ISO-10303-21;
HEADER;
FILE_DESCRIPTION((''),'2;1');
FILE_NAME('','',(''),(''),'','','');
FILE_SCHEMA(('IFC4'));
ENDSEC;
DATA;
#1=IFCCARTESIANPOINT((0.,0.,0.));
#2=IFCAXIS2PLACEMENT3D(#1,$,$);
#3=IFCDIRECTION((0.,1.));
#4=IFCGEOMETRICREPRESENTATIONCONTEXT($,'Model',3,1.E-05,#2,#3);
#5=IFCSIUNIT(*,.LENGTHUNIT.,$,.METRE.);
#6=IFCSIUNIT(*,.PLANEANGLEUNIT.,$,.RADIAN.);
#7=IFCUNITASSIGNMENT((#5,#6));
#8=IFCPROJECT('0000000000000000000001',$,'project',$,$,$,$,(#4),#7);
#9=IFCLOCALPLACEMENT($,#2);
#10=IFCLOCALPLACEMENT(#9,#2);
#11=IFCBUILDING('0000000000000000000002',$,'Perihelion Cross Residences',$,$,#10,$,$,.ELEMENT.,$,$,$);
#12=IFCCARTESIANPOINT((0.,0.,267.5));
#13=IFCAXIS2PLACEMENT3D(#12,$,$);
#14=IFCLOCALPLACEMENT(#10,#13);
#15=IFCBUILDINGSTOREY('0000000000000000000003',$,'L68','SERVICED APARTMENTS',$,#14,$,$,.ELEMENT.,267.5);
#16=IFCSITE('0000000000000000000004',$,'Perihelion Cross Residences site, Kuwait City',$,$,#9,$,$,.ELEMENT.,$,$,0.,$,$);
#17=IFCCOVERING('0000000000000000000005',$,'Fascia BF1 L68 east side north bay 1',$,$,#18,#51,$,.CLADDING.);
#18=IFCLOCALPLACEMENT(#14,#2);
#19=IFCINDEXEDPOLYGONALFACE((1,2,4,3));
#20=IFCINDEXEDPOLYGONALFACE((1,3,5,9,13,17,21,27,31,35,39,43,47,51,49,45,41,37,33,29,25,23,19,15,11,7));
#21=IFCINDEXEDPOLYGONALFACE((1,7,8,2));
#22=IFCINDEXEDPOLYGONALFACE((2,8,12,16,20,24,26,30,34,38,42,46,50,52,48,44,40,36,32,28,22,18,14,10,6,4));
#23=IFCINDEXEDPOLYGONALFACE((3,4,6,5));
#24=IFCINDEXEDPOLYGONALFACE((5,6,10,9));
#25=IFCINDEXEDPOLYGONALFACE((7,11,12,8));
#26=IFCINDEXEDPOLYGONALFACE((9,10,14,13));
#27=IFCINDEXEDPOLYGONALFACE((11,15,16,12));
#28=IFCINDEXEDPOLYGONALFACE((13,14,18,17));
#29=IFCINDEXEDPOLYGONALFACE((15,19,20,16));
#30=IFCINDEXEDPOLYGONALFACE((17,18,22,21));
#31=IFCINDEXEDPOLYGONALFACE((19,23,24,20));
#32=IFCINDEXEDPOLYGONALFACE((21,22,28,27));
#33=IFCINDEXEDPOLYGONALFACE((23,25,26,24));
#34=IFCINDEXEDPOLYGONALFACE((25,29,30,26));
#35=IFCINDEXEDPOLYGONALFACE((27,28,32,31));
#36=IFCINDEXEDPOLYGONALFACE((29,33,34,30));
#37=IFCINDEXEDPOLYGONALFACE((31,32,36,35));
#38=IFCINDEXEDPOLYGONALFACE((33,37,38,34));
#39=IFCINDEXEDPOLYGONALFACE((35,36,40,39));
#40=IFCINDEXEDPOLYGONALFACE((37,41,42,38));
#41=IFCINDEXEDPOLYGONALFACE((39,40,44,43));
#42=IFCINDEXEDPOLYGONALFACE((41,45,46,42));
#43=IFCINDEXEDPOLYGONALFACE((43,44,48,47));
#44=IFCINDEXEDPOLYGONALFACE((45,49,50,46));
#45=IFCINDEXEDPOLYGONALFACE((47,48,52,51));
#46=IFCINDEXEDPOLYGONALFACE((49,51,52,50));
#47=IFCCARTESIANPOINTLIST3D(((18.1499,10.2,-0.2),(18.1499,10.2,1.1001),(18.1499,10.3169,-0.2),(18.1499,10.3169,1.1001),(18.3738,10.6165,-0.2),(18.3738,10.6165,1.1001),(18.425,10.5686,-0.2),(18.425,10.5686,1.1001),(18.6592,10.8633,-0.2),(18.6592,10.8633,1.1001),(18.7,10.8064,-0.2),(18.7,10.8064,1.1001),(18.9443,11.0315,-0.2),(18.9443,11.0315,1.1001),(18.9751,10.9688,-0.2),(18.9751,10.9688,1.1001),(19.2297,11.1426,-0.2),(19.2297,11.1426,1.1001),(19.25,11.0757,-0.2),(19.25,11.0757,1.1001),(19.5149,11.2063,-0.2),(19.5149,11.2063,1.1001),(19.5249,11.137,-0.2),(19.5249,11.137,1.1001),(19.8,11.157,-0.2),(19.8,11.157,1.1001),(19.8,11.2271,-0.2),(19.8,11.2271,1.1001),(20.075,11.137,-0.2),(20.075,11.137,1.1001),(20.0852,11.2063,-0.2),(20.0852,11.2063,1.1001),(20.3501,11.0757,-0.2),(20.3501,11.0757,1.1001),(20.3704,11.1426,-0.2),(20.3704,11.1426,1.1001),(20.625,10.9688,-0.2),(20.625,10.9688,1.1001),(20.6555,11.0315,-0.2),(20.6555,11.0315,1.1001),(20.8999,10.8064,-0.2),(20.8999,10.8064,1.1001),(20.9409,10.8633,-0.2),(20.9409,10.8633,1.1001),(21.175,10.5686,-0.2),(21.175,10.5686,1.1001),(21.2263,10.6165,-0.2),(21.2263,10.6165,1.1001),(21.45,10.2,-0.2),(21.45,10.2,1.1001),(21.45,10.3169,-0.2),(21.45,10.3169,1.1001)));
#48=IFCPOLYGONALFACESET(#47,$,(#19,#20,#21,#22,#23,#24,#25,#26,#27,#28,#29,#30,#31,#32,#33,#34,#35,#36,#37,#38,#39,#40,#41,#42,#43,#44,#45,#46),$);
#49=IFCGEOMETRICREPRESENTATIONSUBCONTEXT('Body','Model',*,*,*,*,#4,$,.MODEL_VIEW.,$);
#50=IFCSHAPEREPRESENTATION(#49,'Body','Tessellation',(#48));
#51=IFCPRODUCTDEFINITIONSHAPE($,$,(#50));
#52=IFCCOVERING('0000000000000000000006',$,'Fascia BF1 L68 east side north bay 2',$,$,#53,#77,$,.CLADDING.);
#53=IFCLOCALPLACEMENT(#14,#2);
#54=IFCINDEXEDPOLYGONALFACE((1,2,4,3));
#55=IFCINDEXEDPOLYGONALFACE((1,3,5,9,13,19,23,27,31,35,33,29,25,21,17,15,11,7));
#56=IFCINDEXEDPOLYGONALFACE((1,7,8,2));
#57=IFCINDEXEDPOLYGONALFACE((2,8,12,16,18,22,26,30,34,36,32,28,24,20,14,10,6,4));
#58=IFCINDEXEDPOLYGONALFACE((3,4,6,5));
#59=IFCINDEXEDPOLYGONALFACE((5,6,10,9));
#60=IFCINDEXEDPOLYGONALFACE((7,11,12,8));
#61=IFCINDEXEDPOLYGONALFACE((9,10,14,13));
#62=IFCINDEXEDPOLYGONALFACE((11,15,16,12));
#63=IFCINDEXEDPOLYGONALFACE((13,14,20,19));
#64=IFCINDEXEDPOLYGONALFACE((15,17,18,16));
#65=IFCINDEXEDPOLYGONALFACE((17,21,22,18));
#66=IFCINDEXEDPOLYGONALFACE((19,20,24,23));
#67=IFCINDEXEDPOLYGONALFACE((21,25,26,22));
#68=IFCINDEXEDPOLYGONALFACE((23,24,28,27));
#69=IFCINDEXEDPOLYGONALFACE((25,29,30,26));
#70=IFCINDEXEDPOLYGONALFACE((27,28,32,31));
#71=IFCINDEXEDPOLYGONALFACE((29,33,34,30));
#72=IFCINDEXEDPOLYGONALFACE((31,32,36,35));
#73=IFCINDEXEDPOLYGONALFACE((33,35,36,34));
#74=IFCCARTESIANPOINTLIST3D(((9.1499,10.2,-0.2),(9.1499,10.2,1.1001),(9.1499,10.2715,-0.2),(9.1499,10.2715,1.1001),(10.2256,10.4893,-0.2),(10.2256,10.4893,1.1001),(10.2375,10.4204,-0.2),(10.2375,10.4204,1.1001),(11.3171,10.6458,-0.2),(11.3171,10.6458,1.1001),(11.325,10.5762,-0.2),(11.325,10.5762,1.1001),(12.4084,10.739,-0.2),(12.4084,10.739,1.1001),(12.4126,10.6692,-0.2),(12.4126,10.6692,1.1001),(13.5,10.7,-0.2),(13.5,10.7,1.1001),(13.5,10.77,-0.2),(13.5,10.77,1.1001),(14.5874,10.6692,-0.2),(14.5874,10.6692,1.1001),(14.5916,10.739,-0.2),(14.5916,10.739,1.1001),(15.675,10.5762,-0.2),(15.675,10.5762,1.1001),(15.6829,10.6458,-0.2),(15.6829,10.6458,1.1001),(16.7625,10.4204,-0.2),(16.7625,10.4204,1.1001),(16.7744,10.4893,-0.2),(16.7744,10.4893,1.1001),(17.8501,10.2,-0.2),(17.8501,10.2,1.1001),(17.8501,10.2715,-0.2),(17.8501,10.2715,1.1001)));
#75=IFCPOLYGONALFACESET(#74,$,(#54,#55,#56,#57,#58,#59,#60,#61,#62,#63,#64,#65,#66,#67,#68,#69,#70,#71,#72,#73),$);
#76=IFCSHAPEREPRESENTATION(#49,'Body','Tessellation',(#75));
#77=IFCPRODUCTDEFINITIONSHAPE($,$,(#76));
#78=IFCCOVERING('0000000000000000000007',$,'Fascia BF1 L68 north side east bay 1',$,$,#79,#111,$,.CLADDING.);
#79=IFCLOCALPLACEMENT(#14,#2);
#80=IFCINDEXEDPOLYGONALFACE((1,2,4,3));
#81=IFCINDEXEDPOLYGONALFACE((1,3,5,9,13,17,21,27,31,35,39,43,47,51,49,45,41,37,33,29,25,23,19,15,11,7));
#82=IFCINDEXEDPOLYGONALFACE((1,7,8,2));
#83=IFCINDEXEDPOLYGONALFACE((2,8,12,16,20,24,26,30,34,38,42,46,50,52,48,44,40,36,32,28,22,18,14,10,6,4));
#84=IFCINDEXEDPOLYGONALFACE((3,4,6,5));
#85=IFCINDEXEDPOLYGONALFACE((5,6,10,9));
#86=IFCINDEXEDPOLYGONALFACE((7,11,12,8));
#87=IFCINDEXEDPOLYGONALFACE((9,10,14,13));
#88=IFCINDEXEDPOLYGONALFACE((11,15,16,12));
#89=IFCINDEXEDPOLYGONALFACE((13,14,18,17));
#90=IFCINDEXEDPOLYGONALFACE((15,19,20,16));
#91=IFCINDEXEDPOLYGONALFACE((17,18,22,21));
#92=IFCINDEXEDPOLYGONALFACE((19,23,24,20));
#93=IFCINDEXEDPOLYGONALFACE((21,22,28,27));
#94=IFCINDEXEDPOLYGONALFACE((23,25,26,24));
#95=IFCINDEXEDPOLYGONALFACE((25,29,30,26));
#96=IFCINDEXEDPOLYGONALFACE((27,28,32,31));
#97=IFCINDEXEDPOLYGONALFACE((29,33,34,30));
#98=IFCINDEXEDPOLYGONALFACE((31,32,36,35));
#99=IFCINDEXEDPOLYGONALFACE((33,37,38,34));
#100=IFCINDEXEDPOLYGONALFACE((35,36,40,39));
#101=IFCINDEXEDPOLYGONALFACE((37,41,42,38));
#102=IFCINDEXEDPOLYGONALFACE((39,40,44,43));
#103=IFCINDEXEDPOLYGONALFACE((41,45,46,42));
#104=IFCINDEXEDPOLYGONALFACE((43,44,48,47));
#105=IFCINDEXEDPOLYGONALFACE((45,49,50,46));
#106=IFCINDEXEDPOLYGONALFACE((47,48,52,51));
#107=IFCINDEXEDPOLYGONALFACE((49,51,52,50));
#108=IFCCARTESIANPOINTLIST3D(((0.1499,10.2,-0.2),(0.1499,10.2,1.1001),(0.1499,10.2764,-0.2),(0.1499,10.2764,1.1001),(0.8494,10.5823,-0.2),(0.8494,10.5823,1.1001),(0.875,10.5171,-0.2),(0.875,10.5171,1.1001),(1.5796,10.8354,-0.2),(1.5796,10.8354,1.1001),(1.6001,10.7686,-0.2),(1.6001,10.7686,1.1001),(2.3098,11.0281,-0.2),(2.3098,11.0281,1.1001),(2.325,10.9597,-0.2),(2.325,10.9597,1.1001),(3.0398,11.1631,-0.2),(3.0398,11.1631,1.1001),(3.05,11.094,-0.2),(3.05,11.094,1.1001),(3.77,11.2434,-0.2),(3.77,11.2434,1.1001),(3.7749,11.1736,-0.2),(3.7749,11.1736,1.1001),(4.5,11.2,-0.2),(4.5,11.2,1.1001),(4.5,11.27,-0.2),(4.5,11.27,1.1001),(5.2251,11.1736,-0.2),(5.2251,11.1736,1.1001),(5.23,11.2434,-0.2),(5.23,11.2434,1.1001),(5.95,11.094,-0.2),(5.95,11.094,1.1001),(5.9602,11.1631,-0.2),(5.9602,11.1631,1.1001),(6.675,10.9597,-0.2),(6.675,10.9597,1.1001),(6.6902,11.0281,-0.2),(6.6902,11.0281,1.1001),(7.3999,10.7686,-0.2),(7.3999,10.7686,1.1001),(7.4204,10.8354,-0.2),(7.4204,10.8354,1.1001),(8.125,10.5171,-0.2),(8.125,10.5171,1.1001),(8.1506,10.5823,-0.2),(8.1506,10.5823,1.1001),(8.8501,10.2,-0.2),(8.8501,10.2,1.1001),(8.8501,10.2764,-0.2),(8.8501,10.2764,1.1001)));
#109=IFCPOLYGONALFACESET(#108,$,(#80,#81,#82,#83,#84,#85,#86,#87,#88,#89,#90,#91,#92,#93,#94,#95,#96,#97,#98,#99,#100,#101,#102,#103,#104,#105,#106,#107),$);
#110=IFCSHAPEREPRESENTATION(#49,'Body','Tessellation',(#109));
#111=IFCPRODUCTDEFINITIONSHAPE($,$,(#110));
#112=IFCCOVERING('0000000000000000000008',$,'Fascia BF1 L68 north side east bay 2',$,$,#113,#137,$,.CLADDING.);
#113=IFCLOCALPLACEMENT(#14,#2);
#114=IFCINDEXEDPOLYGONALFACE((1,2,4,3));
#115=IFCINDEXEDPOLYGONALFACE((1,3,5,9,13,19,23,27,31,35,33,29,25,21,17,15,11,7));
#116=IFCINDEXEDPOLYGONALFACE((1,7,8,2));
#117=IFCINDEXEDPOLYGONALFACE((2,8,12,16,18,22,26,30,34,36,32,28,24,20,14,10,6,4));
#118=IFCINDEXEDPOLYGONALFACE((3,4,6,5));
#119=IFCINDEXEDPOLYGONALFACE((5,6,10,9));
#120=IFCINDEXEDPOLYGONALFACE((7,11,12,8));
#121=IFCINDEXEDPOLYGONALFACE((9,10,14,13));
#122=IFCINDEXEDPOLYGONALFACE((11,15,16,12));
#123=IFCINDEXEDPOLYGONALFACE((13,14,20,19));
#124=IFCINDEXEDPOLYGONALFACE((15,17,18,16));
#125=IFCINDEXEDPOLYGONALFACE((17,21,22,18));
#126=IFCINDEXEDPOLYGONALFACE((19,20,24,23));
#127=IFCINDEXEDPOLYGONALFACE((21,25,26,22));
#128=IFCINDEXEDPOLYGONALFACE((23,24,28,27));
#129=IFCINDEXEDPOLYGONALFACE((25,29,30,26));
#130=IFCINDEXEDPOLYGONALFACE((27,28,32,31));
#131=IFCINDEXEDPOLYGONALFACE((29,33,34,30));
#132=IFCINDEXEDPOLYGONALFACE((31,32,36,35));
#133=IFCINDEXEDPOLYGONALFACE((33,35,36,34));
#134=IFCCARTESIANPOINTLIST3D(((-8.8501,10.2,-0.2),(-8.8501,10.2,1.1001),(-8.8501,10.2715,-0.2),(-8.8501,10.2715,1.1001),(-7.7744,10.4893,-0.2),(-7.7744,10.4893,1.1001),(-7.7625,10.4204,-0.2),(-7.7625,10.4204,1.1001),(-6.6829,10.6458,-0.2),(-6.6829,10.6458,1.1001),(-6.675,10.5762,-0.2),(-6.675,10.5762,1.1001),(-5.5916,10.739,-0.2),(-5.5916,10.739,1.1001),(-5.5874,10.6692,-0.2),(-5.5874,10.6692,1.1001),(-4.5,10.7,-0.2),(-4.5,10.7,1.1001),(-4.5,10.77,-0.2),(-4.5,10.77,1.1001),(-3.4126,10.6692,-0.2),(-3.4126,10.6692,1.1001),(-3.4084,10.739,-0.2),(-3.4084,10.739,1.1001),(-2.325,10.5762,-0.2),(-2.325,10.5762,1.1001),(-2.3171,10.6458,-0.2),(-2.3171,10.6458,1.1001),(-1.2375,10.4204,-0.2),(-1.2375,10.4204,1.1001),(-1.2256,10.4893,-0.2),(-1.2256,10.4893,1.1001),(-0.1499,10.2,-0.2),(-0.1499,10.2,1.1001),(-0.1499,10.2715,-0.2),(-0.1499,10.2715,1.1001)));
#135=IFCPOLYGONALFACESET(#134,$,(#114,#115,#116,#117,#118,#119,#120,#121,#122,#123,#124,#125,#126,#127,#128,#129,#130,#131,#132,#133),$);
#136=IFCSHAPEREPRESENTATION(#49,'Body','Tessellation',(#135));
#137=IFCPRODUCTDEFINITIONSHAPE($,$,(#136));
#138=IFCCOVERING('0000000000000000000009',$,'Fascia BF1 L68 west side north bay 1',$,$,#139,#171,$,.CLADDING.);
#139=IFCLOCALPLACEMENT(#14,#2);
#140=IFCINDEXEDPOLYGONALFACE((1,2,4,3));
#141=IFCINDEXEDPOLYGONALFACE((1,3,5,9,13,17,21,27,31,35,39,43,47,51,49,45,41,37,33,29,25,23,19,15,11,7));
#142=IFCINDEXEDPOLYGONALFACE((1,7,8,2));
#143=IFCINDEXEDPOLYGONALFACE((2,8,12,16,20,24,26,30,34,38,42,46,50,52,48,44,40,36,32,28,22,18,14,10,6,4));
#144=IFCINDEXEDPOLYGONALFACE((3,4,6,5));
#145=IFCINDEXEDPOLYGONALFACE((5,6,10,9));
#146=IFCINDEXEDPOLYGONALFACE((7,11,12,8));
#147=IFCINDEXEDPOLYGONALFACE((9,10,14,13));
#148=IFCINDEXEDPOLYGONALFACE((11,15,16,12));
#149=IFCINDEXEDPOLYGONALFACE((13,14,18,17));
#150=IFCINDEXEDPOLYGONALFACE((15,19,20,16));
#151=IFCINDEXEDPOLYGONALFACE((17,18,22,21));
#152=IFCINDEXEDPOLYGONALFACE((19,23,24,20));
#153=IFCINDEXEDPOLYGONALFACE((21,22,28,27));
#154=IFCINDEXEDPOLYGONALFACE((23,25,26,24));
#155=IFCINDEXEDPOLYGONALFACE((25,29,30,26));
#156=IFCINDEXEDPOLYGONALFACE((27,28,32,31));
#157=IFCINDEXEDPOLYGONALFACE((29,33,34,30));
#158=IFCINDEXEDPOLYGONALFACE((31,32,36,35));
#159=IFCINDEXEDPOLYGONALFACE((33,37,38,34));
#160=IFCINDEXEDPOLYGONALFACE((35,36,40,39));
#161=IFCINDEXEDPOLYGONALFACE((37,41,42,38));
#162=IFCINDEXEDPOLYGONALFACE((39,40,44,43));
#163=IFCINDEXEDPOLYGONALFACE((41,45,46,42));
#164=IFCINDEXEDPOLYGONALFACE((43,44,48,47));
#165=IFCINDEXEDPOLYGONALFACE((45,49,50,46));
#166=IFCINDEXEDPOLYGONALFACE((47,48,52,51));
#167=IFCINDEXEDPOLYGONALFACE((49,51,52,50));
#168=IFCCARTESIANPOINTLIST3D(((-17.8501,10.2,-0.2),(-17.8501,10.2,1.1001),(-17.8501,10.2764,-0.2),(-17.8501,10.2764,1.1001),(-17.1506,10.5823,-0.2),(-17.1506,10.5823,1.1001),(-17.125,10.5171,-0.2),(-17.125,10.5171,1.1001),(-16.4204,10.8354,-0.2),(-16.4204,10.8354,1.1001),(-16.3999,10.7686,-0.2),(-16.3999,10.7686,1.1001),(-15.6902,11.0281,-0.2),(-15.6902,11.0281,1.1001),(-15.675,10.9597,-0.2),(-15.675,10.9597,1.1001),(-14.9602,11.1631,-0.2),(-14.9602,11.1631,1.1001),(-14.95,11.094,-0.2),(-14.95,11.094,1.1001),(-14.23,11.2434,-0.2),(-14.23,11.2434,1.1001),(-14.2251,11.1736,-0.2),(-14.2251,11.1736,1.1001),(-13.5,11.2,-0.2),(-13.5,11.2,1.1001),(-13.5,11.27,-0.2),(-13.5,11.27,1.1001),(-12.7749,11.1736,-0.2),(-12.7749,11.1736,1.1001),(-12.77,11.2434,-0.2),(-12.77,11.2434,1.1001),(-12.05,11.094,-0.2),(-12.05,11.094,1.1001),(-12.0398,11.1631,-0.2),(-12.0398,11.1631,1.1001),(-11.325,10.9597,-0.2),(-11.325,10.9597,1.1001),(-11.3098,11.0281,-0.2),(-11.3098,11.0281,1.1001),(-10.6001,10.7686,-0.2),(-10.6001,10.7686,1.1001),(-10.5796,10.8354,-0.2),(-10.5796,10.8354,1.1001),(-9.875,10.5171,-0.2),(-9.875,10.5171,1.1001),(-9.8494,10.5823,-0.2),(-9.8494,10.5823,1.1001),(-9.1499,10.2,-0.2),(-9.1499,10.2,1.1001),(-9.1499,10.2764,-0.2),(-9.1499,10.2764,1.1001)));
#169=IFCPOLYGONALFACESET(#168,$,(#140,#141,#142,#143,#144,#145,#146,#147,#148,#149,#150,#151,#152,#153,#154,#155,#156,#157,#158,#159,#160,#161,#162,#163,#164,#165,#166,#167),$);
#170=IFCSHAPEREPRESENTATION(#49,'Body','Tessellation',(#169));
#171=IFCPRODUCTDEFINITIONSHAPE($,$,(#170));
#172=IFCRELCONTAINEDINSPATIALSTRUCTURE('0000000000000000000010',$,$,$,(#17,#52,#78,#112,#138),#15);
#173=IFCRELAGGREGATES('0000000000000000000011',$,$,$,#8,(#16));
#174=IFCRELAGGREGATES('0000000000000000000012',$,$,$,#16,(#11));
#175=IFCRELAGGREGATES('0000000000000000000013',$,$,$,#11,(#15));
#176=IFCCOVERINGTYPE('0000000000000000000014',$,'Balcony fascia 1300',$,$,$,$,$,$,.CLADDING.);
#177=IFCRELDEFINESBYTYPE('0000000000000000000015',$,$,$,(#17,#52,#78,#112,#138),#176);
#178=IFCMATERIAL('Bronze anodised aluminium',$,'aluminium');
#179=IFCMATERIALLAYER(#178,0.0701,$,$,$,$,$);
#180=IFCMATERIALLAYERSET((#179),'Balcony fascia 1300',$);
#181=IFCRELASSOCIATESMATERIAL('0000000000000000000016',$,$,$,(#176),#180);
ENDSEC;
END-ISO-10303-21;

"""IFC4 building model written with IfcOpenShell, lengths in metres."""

from ifc_helpers import new_model, si_unit, direction, frame, origin, place, context, subcontext, project, spatial, polyline, outline, extrude, material, layer, layer_set, type_object, element, save


model = new_model("IFC4")

# Units and contexts
model_context = context("Model", 3, precision=1e-05, world=origin(), true_north=direction((0.0, 1.0)))
body_context = subcontext(model_context, "Body", "Model", "MODEL_VIEW")
ifc_project = project(units=[si_unit("LENGTHUNIT", "METRE"), si_unit("PLANEANGLEUNIT", "RADIAN")], contexts=[model_context])

# Site, building, storey
site_placement = place(None, origin())
site = spatial("IfcSite", under=ifc_project, at=site_placement, Name="Perihelion Cross Residences site, Kuwait City", CompositionType="ELEMENT", RefElevation=0.0)
building_placement = place(site_placement, origin())
building = spatial("IfcBuilding", under=site, at=building_placement, Name="Perihelion Cross Residences", CompositionType="ELEMENT")
storey_placement = place(building_placement, frame((0.0, 0.0, 267.5)))
storey = spatial("IfcBuildingStorey", under=building, at=storey_placement, Name="L68", Description="SERVICED APARTMENTS", CompositionType="ELEMENT", Elevation=267.5)

# Coverings
ifc_material_1 = material(Name="Bronze anodised aluminium", Category="aluminium")
ifc_layer_1 = layer(ifc_material_1, 0.0701)
ifc_layer_set_1 = layer_set([ifc_layer_1], Name="Balcony fascia 1300")
covering_type = type_object("IfcCoveringType", Name="Balcony fascia 1300", PredefinedType="CLADDING", material=ifc_layer_set_1)
covering_1_placement = place(storey_placement, frame((0.0, 0.0, -0.2)))
element("IfcCovering", 1, at=covering_1_placement, inside=storey, type_object=covering_type, Name="Fascia BF1 L68 east side north bay 1", PredefinedType="CLADDING", context=body_context, shape_type="SweptSolid", body=[
    extrude(outline(polyline([(21.2263, 10.6165), (20.9409, 10.8633), (20.6555, 11.0315), (20.3704, 11.1426), (20.0852, 11.2063), (19.8, 11.2271), (19.5149, 11.2063), (19.2297, 11.1426), (18.9443, 11.0315), (18.6592, 10.8633), (18.3738, 10.6165), (18.1499, 10.3169), (18.1499, 10.2), (18.425, 10.5686), (18.7, 10.8064), (18.9751, 10.9688), (19.25, 11.0757), (19.5249, 11.137), (19.8, 11.157), (20.075, 11.137), (20.3501, 11.0757), (20.625, 10.9688), (20.8999, 10.8064), (21.175, 10.5686), (21.45, 10.2), (21.45, 10.3169), (21.2263, 10.6165)])), origin(), (0.0, 0.0, 1.0), 1.3),
])
covering_2_placement = place(storey_placement, frame((0.0, 0.0, -0.2)))
element("IfcCovering", 2, at=covering_2_placement, inside=storey, type_object=covering_type, Name="Fascia BF1 L68 east side north bay 2", PredefinedType="CLADDING", context=body_context, shape_type="SweptSolid", body=[
    extrude(outline(polyline([(16.7744, 10.4893), (15.6829, 10.6458), (14.5916, 10.739), (13.5, 10.77), (12.4084, 10.739), (11.3171, 10.6458), (10.2256, 10.4893), (9.1499, 10.2715), (9.1499, 10.2), (10.2375, 10.4204), (11.325, 10.5762), (12.4126, 10.6692), (13.5, 10.7), (14.5874, 10.6692), (15.675, 10.5762), (16.7625, 10.4204), (17.8501, 10.2), (17.8501, 10.2715), (16.7744, 10.4893)])), origin(), (0.0, 0.0, 1.0), 1.3),
])
covering_3_placement = place(storey_placement, frame((0.0, 0.0, -0.2)))
element("IfcCovering", 3, at=covering_3_placement, inside=storey, type_object=covering_type, Name="Fascia BF1 L68 north side east bay 1", PredefinedType="CLADDING", context=body_context, shape_type="SweptSolid", body=[
    extrude(outline(polyline([(8.1506, 10.5823), (7.4204, 10.8354), (6.6902, 11.0281), (5.9602, 11.1631), (5.23, 11.2434), (4.5, 11.27), (3.77, 11.2434), (3.0398, 11.1631), (2.3098, 11.0281), (1.5796, 10.8354), (0.8494, 10.5823), (0.1499, 10.2764), (0.1499, 10.2), (0.875, 10.5171), (1.6001, 10.7686), (2.325, 10.9597), (3.05, 11.094), (3.7749, 11.1736), (4.5, 11.2), (5.2251, 11.1736), (5.95, 11.094), (6.675, 10.9597), (7.3999, 10.7686), (8.125, 10.5171), (8.8501, 10.2), (8.8501, 10.2764), (8.1506, 10.5823)])), origin(), (0.0, 0.0, 1.0), 1.3),
])
covering_4_placement = place(storey_placement, frame((0.0, 0.0, -0.2)))
element("IfcCovering", 4, at=covering_4_placement, inside=storey, type_object=covering_type, Name="Fascia BF1 L68 north side east bay 2", PredefinedType="CLADDING", context=body_context, shape_type="SweptSolid", body=[
    extrude(outline(polyline([(-1.2256, 10.4893), (-2.3171, 10.6458), (-3.4084, 10.739), (-4.5, 10.77), (-5.5916, 10.739), (-6.6829, 10.6458), (-7.7744, 10.4893), (-8.8501, 10.2715), (-8.8501, 10.2), (-7.7625, 10.4204), (-6.675, 10.5762), (-5.5874, 10.6692), (-4.5, 10.7), (-3.4126, 10.6692), (-2.325, 10.5762), (-1.2375, 10.4204), (-0.1499, 10.2), (-0.1499, 10.2715), (-1.2256, 10.4893)])), origin(), (0.0, 0.0, 1.0), 1.3),
])
covering_5_placement = place(storey_placement, frame((0.0, 0.0, -0.2)))
element("IfcCovering", 5, at=covering_5_placement, inside=storey, type_object=covering_type, Name="Fascia BF1 L68 west side north bay 1", PredefinedType="CLADDING", context=body_context, shape_type="SweptSolid", body=[
    extrude(outline(polyline([(-9.8494, 10.5823), (-10.5796, 10.8354), (-11.3098, 11.0281), (-12.0398, 11.1631), (-12.77, 11.2434), (-13.5, 11.27), (-14.23, 11.2434), (-14.9602, 11.1631), (-15.6902, 11.0281), (-16.4204, 10.8354), (-17.1506, 10.5823), (-17.8501, 10.2764), (-17.8501, 10.2), (-17.125, 10.5171), (-16.3999, 10.7686), (-15.675, 10.9597), (-14.95, 11.094), (-14.2251, 11.1736), (-13.5, 11.2), (-12.7749, 11.1736), (-12.05, 11.094), (-11.325, 10.9597), (-10.6001, 10.7686), (-9.875, 10.5171), (-9.1499, 10.2), (-9.1499, 10.2764), (-9.8494, 10.5823)])), origin(), (0.0, 0.0, 1.0), 1.3),
])

save(model, "model.ifc")
